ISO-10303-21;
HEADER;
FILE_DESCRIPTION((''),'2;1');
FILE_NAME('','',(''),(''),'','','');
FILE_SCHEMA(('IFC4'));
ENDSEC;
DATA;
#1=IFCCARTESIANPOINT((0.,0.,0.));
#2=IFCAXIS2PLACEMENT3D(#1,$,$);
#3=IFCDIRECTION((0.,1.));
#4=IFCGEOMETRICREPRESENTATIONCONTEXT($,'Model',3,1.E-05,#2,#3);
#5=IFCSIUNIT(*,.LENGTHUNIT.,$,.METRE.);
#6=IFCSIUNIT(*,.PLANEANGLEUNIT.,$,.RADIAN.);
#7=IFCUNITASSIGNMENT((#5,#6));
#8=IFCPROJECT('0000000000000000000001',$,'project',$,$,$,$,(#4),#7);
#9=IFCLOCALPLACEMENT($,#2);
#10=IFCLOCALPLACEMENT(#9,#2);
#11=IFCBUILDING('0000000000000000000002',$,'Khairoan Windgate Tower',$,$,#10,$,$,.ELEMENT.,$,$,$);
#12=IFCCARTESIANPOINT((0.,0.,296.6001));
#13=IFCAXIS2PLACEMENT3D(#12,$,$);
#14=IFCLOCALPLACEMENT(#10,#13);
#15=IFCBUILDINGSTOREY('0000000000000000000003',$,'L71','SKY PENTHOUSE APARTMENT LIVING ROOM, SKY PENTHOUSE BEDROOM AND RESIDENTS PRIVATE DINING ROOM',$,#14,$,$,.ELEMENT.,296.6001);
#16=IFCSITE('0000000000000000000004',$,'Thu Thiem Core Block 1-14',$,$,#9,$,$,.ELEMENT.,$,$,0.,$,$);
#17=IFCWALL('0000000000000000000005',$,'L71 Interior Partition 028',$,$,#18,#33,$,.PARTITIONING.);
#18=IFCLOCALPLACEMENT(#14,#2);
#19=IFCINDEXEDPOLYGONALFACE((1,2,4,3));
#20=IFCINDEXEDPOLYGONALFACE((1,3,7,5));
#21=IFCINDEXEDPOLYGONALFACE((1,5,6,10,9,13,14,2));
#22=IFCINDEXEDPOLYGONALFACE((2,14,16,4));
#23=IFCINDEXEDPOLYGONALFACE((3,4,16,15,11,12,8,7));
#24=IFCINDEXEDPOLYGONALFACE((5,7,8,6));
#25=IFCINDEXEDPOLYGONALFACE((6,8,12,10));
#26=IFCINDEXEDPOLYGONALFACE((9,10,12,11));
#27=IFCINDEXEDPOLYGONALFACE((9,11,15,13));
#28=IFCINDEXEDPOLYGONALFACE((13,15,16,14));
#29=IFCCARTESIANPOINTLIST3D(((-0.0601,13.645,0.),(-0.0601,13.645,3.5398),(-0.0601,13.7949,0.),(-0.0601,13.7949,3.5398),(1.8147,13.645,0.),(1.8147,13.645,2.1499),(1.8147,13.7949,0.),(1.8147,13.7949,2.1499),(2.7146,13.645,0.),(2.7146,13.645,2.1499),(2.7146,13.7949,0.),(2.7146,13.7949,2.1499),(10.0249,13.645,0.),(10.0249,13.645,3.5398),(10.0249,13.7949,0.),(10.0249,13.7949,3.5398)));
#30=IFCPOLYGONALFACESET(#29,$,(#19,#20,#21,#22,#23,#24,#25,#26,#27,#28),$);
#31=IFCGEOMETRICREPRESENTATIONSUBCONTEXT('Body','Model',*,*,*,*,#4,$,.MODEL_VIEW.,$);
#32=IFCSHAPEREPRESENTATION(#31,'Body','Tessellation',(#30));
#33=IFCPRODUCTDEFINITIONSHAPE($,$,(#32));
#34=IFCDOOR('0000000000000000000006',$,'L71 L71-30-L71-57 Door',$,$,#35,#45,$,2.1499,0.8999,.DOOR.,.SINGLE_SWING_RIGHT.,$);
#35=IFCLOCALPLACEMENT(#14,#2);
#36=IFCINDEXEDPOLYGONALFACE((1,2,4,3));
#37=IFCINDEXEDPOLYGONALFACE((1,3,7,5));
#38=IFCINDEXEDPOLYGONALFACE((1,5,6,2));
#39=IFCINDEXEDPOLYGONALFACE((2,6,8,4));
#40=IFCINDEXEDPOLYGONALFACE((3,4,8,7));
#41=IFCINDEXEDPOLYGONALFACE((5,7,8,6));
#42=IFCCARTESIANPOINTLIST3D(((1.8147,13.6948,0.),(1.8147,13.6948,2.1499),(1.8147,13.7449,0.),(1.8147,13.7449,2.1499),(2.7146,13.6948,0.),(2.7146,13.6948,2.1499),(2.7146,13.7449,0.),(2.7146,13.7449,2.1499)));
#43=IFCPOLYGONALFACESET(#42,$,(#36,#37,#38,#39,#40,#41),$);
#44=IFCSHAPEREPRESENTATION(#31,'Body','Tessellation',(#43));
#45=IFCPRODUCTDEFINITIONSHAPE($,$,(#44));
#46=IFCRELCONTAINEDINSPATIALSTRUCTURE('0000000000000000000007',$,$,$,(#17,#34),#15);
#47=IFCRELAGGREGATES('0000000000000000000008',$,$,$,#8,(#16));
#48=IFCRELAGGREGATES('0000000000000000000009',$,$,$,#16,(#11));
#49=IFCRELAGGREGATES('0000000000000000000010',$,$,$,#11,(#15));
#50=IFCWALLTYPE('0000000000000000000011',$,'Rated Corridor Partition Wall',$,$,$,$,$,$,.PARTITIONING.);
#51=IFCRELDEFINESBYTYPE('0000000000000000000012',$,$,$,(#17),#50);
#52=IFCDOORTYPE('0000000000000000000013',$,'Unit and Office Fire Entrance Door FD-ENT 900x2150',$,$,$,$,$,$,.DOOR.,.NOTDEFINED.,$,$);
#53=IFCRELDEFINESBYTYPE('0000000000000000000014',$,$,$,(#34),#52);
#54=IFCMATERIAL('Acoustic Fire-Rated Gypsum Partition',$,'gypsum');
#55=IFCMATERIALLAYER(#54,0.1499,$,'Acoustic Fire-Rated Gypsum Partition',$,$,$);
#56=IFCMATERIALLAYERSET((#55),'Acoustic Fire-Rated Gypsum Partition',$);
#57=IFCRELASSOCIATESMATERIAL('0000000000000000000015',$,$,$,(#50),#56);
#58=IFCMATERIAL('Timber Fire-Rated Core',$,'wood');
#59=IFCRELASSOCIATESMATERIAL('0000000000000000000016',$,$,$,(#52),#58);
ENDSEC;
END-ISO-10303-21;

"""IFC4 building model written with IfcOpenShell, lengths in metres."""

from ifc_helpers import new_model, si_unit, direction, frame, frame_2d, origin, place, context, subcontext, project, spatial, rectangle, extrude, material, layer, layer_set, type_object, element, fill, save


model = new_model("IFC4")

# Units and contexts
model_context = context("Model", 3, precision=1e-05, world=origin(), true_north=direction((0.0, 1.0)))
body_context = subcontext(model_context, "Body", "Model", "MODEL_VIEW")
ifc_project = project(units=[si_unit("LENGTHUNIT", "METRE"), si_unit("PLANEANGLEUNIT", "RADIAN")], contexts=[model_context])

# Site, building, storey
site_placement = place(None, origin())
site = spatial("IfcSite", under=ifc_project, at=site_placement, Name="Thu Thiem Core Block 1-14", CompositionType="ELEMENT", RefElevation=0.0)
building_placement = place(site_placement, origin())
building = spatial("IfcBuilding", under=site, at=building_placement, Name="Khairoan Windgate Tower", CompositionType="ELEMENT")
storey_placement = place(building_placement, frame((0.0, 0.0, 296.6001)))
storey = spatial("IfcBuildingStorey", under=building, at=storey_placement, Name="L71", Description="SKY PENTHOUSE APARTMENT LIVING ROOM, SKY PENTHOUSE BEDROOM AND RESIDENTS PRIVATE DINING ROOM", CompositionType="ELEMENT", Elevation=296.6001)

# Shared definitions
ifc_material_1 = material(Name="Acoustic Fire-Rated Gypsum Partition", Category="gypsum")
ifc_layer_1 = layer(ifc_material_1, 0.1499, Name="Acoustic Fire-Rated Gypsum Partition")
ifc_layer_set_1 = layer_set([ifc_layer_1], Name="Acoustic Fire-Rated Gypsum Partition")
wall_type_1 = type_object("IfcWallType", Name="Rated Corridor Partition Wall", PredefinedType="PARTITIONING", material=ifc_layer_set_1)
ifc_material_2 = material(Name="Timber Fire-Rated Core", Category="wood")
door_type_1 = type_object("IfcDoorType", Name="Unit and Office Fire Entrance Door FD-ENT 900x2150", OperationType="NOTDEFINED", PredefinedType="DOOR", material=ifc_material_2)

# Wall, opening, door
wall_1_placement = place(storey_placement, frame((-0.0601, 13.72, 0.0), z_axis=(0.0, 0.0, 1.0), x_axis=(1.0, 0.0, 0.0)))
wall_1 = element("IfcWall", 1, at=wall_1_placement, inside=storey, type_object=wall_type_1, Name="L71 Interior Partition 028", PredefinedType="PARTITIONING", context=body_context, shape_type="SweptSolid", body=[
    extrude(rectangle(XDim=10.085, YDim=0.1499, at=frame_2d((5.0425, 0.0))), origin(), (0.0, 0.0, 1.0), 3.5398),
])
opening_1_placement = place(wall_1_placement, frame((1.8748, 0.0, 0.0)))
opening_1 = element("IfcOpeningElement", 2, at=opening_1_placement, cuts=wall_1, PredefinedType="OPENING", context=body_context, shape_type="SweptSolid", body=[
    extrude(rectangle(XDim=0.8999, YDim=2.1499, at=frame_2d((0.45, 1.075))), frame((0.0, 0.085, 0.0), z_axis=(0.0, -1.0, 0.0), x_axis=(1.0, 0.0, 0.0)), (0.0, 0.0, 1.0), 0.1699),
])
door_1_placement = place(opening_1_placement, origin())
door_1 = element("IfcDoor", 3, at=door_1_placement, inside=storey, type_object=door_type_1, Name="L71 L71-30-L71-57 Door", OperationType="SINGLE_SWING_RIGHT", OverallHeight=2.1499, OverallWidth=0.8999, PredefinedType="DOOR", context=body_context, shape_type="SweptSolid", body=[
    extrude(rectangle(XDim=0.8999, YDim=2.1499, at=frame_2d((0.45, 1.075))), frame((0.0, 0.0249, 0.0), z_axis=(0.0, -1.0, 0.0), x_axis=(1.0, 0.0, 0.0)), (0.0, 0.0, 1.0), 0.05),
])
fill(opening_1, door_1)

save(model, "model.ifc")
